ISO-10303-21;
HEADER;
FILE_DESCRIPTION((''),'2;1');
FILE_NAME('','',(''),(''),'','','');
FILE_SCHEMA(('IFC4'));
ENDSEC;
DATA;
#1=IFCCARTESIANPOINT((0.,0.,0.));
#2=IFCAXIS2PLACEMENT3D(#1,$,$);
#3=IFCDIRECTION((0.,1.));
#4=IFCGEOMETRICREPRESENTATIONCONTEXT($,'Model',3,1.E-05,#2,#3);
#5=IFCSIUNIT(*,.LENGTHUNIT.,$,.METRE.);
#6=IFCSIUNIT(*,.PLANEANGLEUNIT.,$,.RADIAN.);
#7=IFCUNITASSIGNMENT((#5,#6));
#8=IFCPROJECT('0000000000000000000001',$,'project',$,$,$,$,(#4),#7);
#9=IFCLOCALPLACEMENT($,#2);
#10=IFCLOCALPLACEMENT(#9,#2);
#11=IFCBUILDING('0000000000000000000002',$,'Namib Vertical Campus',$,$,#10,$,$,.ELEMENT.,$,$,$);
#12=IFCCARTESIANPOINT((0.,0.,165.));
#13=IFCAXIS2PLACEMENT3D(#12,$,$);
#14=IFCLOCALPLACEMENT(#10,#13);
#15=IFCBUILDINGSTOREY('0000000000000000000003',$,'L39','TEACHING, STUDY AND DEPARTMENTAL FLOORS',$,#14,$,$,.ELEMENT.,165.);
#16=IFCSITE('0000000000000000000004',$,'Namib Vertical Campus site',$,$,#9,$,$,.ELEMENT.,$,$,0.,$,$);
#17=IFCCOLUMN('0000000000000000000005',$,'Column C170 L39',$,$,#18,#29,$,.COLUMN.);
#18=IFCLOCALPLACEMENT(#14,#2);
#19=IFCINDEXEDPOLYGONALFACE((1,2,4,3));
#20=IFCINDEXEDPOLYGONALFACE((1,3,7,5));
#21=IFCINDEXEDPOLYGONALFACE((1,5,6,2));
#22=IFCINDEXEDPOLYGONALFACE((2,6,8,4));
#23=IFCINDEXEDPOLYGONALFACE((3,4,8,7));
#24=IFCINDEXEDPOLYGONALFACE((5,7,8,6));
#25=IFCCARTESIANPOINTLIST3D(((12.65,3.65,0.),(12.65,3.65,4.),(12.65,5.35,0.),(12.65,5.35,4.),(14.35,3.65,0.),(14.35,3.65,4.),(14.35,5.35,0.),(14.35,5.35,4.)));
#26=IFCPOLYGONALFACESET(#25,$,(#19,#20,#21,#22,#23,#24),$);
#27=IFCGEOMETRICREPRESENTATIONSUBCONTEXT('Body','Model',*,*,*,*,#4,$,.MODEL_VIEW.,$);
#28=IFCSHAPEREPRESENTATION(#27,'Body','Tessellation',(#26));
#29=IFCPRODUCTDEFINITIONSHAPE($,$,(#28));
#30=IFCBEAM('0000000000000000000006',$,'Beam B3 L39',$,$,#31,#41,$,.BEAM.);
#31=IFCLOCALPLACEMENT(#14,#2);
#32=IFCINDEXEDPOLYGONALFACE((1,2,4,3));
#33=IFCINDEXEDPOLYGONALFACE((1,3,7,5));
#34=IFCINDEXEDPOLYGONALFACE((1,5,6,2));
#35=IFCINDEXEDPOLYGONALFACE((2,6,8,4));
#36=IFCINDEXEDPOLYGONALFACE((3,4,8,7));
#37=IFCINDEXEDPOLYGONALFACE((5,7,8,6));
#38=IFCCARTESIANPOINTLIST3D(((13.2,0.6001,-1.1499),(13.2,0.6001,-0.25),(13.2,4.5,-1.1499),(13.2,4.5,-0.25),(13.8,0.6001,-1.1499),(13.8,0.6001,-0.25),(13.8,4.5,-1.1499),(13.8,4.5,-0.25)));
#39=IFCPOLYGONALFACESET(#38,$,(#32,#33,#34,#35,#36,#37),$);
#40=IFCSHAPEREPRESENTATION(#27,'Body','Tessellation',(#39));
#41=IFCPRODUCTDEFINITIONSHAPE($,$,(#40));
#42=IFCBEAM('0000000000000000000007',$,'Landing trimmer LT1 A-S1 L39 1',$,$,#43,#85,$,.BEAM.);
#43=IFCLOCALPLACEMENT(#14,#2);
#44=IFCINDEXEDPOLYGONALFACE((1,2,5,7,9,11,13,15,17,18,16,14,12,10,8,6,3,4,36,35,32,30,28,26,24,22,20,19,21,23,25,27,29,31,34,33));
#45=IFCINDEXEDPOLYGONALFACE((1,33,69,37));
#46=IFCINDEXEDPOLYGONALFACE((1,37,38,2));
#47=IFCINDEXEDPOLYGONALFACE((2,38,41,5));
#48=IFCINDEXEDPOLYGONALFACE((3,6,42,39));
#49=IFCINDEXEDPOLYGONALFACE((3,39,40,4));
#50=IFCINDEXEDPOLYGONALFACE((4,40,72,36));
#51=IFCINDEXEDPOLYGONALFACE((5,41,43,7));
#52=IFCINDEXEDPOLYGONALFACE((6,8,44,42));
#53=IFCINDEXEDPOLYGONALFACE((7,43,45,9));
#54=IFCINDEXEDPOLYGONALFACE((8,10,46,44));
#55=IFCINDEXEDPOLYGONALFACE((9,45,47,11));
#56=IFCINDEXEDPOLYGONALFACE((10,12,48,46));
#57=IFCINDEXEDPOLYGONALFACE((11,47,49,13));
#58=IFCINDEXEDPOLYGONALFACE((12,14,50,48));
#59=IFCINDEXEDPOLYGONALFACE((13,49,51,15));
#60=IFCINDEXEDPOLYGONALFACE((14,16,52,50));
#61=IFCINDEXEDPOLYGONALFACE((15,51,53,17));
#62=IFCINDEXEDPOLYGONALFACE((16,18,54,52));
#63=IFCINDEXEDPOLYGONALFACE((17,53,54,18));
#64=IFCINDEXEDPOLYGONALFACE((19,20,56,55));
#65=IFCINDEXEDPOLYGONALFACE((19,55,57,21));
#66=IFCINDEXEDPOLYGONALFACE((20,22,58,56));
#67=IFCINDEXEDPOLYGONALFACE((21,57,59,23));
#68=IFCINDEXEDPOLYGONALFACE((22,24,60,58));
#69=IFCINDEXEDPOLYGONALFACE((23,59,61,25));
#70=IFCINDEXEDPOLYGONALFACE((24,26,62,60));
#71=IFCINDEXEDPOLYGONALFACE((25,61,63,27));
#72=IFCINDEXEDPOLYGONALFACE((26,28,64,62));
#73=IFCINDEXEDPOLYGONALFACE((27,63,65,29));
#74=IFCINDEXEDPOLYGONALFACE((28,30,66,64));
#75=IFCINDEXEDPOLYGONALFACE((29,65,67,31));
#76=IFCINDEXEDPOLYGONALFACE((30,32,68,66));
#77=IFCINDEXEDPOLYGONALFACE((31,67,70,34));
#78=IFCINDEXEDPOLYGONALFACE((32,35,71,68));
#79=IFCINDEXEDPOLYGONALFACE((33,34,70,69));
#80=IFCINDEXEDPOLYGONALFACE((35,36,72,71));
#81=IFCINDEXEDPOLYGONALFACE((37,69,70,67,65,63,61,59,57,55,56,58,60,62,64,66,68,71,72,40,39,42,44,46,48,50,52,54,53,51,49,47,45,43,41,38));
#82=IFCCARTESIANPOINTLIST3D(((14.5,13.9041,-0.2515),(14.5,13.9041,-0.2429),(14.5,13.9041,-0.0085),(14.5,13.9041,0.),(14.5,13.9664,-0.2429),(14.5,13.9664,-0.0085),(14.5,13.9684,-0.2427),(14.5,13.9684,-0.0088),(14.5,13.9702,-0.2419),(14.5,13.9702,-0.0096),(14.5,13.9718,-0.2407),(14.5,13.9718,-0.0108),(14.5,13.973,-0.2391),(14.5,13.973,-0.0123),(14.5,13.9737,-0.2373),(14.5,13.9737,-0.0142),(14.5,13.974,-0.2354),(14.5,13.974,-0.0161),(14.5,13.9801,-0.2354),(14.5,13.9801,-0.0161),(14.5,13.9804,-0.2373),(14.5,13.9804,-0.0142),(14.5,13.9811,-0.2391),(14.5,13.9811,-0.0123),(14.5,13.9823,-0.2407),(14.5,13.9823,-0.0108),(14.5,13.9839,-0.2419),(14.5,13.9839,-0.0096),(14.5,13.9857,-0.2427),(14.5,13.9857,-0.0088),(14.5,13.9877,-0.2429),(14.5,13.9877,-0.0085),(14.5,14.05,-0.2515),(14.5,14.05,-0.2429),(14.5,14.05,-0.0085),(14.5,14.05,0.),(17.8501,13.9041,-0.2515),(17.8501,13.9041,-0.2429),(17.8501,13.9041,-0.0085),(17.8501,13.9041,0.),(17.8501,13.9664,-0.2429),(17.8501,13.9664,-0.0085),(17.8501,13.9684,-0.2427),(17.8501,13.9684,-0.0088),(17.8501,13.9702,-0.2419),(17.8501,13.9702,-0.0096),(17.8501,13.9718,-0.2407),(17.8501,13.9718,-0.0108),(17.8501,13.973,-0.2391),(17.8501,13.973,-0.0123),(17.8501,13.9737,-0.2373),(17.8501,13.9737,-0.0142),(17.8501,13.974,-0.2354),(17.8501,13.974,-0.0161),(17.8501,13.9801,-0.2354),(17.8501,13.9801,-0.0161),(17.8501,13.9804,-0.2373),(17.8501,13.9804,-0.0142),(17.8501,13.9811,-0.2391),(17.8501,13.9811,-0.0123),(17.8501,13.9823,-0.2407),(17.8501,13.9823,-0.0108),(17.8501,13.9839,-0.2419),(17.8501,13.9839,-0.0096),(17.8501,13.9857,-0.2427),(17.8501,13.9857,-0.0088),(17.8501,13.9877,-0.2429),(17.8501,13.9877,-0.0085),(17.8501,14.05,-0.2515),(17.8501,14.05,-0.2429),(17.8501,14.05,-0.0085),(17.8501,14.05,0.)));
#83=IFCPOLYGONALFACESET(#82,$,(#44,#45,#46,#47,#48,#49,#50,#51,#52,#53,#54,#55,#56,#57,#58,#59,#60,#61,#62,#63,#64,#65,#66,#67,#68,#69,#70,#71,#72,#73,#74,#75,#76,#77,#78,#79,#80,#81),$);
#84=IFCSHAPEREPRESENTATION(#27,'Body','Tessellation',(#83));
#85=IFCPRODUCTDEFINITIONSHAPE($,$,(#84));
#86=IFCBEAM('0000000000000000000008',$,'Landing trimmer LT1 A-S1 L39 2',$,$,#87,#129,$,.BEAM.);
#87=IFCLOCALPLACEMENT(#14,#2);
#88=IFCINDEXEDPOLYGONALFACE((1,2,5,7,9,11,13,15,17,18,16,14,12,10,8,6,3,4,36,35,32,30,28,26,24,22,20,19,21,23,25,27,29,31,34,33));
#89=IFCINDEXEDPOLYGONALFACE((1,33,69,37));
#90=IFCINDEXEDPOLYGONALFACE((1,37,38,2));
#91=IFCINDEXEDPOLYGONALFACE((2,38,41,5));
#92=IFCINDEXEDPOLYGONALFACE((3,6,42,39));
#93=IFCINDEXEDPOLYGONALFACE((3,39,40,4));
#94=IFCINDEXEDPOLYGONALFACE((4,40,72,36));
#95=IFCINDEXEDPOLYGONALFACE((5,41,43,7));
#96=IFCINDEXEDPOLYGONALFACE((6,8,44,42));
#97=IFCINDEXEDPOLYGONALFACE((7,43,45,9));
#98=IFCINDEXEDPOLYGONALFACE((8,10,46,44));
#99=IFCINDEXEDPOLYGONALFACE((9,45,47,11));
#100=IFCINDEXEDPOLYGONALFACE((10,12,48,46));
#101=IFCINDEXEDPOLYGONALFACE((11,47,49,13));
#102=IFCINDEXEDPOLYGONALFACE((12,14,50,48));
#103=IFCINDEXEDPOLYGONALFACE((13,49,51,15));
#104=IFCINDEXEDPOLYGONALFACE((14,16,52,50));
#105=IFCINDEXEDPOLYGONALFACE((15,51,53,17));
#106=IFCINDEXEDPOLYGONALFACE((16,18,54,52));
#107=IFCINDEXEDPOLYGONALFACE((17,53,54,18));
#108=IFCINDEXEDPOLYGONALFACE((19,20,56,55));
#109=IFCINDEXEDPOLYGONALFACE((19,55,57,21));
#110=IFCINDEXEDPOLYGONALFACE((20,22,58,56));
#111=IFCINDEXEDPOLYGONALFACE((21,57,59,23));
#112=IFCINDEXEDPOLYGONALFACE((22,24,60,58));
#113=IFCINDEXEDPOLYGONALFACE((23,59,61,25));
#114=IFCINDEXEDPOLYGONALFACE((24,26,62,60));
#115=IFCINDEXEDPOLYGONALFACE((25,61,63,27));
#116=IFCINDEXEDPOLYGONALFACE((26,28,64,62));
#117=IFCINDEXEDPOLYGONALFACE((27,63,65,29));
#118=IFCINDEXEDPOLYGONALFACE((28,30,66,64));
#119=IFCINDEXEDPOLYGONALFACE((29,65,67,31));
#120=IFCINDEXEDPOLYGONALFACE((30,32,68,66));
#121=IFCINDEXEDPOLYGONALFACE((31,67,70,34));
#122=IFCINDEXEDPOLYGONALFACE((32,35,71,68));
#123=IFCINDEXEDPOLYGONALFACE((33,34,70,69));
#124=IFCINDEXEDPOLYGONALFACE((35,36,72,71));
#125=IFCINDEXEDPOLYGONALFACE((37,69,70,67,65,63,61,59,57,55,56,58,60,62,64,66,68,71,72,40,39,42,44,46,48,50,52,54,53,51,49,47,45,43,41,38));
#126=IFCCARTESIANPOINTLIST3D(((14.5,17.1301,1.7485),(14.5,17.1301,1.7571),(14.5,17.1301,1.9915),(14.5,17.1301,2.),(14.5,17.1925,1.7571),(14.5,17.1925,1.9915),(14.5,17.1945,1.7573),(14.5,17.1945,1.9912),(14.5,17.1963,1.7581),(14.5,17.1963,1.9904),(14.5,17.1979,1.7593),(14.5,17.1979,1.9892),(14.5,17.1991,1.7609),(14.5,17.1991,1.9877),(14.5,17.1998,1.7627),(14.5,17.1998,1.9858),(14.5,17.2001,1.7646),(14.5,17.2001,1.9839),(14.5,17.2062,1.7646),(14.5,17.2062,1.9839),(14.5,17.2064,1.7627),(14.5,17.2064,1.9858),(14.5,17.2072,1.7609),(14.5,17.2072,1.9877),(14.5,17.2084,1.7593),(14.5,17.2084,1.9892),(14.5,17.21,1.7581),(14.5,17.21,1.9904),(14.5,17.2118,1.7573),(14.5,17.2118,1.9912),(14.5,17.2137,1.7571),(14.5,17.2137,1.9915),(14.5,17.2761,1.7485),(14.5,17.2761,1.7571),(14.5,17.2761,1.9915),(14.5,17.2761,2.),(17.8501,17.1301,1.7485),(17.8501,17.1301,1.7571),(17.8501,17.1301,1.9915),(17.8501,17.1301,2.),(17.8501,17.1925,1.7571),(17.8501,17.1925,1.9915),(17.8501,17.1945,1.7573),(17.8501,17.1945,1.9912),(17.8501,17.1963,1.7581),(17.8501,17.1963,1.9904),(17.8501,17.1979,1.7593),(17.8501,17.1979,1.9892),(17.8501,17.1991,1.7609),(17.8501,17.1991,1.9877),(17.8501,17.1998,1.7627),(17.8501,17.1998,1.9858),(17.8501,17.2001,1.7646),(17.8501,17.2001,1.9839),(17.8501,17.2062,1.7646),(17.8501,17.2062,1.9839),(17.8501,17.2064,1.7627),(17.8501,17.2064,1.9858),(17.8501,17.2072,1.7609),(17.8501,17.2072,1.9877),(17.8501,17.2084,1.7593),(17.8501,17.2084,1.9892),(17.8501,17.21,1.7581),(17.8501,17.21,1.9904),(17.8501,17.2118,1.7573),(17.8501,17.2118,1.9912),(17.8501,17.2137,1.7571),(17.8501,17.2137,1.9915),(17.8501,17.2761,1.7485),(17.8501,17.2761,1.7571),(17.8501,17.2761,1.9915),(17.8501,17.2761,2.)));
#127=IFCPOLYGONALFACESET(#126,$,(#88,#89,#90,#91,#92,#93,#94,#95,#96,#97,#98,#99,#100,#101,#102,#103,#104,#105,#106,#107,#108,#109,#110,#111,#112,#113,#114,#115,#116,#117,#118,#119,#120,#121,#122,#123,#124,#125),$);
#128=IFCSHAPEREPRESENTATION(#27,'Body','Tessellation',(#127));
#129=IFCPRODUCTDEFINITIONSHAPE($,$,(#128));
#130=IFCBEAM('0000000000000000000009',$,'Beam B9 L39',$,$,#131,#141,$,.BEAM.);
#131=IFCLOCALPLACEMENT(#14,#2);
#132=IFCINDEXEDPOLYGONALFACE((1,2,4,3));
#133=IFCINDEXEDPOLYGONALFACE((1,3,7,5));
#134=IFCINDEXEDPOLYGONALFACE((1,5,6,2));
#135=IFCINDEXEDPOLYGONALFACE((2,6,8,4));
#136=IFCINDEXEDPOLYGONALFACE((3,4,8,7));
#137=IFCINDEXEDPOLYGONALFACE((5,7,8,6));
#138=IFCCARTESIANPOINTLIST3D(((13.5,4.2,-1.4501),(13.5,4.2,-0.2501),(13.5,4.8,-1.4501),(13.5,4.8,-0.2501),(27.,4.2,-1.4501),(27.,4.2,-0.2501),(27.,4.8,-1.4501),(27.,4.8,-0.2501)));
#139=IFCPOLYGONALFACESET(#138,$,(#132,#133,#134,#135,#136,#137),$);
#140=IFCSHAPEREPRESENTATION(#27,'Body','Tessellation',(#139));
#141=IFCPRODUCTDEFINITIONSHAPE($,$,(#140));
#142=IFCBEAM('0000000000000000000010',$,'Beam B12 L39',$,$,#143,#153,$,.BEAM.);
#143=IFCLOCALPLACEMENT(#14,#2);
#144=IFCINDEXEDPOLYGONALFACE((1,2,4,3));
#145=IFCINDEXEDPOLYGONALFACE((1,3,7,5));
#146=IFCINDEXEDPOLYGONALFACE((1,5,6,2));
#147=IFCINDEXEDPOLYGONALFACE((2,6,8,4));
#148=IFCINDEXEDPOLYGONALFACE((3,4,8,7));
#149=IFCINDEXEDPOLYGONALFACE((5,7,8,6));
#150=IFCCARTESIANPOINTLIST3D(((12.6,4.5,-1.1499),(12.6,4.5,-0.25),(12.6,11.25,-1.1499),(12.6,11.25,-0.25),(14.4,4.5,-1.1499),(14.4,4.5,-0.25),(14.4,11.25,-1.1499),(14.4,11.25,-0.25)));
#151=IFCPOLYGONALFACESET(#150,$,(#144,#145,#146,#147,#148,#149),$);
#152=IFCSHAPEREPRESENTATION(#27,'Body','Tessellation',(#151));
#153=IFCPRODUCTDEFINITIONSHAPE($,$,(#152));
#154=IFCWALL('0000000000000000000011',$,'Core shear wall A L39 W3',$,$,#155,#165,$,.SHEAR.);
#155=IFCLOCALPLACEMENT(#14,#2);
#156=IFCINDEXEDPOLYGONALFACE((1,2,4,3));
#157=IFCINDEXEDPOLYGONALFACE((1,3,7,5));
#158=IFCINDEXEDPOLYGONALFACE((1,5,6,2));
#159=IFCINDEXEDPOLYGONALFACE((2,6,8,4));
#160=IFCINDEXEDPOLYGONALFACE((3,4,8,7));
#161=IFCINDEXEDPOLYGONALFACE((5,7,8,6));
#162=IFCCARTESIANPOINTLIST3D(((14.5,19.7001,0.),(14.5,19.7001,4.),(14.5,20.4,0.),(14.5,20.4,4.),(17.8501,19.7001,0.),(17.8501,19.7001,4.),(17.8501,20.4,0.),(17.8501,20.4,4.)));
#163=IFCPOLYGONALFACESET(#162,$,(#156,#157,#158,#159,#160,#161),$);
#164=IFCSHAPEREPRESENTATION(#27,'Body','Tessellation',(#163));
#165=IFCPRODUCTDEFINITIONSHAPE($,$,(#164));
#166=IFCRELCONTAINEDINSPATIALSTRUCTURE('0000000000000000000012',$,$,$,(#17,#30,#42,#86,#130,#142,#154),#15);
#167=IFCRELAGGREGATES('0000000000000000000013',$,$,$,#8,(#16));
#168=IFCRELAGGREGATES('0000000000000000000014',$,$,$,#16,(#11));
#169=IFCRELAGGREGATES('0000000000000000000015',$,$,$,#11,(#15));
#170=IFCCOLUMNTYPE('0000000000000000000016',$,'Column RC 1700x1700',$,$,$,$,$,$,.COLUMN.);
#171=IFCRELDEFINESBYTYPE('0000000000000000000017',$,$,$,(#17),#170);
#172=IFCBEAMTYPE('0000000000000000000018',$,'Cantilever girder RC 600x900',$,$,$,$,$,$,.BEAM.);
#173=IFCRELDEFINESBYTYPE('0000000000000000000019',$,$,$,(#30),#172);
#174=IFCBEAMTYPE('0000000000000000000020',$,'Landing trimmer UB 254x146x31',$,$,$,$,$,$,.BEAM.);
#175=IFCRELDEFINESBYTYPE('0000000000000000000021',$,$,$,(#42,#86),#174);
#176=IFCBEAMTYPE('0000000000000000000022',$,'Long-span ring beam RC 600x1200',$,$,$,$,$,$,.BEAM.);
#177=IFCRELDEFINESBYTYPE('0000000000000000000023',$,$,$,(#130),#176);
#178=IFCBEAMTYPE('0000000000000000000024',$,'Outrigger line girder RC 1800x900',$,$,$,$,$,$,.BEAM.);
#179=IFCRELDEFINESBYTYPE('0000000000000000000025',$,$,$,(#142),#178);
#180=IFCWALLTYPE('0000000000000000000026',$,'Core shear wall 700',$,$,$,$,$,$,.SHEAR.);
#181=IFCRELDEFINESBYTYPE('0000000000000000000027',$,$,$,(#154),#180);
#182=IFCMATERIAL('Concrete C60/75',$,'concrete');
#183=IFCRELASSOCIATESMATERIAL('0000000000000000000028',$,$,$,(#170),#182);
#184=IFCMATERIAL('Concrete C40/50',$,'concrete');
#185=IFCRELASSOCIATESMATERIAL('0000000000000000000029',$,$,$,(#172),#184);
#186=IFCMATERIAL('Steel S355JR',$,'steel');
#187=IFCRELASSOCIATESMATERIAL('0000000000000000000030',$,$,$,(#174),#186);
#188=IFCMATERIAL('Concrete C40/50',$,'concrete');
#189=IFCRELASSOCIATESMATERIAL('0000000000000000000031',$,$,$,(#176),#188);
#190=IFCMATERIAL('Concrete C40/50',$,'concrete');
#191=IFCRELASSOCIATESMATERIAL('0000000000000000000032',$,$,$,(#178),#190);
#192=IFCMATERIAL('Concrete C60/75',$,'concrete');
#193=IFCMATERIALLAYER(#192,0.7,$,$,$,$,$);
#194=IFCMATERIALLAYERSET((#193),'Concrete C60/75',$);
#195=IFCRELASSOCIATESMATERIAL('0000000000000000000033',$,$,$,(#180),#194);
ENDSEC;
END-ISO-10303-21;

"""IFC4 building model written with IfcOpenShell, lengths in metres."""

from ifc_helpers import new_model, si_unit, direction, frame, frame_2d, origin, origin_2d, place, context, subcontext, project, spatial, rectangle, i_section, extrude, material, layer, layer_set, material_profile, profile_set, type_object, element, save


model = new_model("IFC4")

# Units and contexts
model_context = context("Model", 3, precision=1e-05, world=origin(), true_north=direction((0.0, 1.0)))
body_context = subcontext(model_context, "Body", "Model", "MODEL_VIEW")
ifc_project = project(units=[si_unit("LENGTHUNIT", "METRE"), si_unit("PLANEANGLEUNIT", "RADIAN")], contexts=[model_context])

# Site, building, storey
site_placement = place(None, origin())
site = spatial("IfcSite", under=ifc_project, at=site_placement, Name="Namib Vertical Campus site", CompositionType="ELEMENT", RefElevation=0.0)
building_placement = place(site_placement, origin())
building = spatial("IfcBuilding", under=site, at=building_placement, Name="Namib Vertical Campus", CompositionType="ELEMENT")
storey_placement = place(building_placement, frame((0.0, 0.0, 165.0)))
storey = spatial("IfcBuildingStorey", under=building, at=storey_placement, Name="L39", Description="TEACHING, STUDY AND DEPARTMENTAL FLOORS", CompositionType="ELEMENT", Elevation=165.0)

# Column
ifc_material_1 = material(Name="Concrete C60/75", Category="concrete")
ifc_material_profile_1 = material_profile(ifc_material_1, rectangle(XDim=1.7, YDim=1.7, at=origin_2d()))
ifc_profile_set_1 = profile_set([ifc_material_profile_1], Name="Concrete C60/75")
column_type = type_object("IfcColumnType", Name="Column RC 1700x1700", PredefinedType="COLUMN", material=ifc_profile_set_1)
column_placement = place(storey_placement, frame((13.5, 4.5, 0.0), z_axis=(0.0, 0.0, 1.0), x_axis=(1.0, 0.0, 0.0)))
element("IfcColumn", 1, at=column_placement, inside=storey, type_object=column_type, Name="Column C170 L39", PredefinedType="COLUMN", context=body_context, shape_type="SweptSolid", body=[
    extrude(rectangle(XDim=1.7, YDim=1.7, at=origin_2d()), origin(), (0.0, 0.0, 1.0), 4.0),
])

# Beams
ifc_material_2 = material(Name="Concrete C40/50", Category="concrete")
ifc_material_profile_2 = material_profile(ifc_material_2, rectangle(XDim=0.6001, YDim=0.8999, at=origin_2d()))
ifc_profile_set_2 = profile_set([ifc_material_profile_2], Name="Concrete C40/50")
beam_type_1 = type_object("IfcBeamType", Name="Cantilever girder RC 600x900", PredefinedType="BEAM", material=ifc_profile_set_2)
beam_1_placement = place(storey_placement, frame((13.5, 4.5, -0.7), z_axis=(0.0, -1.0, 0.0), x_axis=(1.0, 0.0, 0.0)))
element("IfcBeam", 2, at=beam_1_placement, inside=storey, type_object=beam_type_1, Name="Beam B3 L39", PredefinedType="BEAM", context=body_context, shape_type="SweptSolid", body=[
    extrude(rectangle(XDim=0.6001, YDim=0.8999, at=origin_2d()), origin(), (0.0, 0.0, 1.0), 3.8999),
])
ifc_material_3 = material(Name="Steel S355JR", Category="steel")
ifc_material_profile_3 = material_profile(ifc_material_3, i_section(OverallWidth=0.146, OverallDepth=0.2515, WebThickness=0.0061, FlangeThickness=0.0085, FilletRadius=0.0076, at=origin_2d()))
ifc_profile_set_3 = profile_set([ifc_material_profile_3], Name="Steel S355JR")
beam_type_2 = type_object("IfcBeamType", Name="Landing trimmer UB 254x146x31", PredefinedType="BEAM", material=ifc_profile_set_3)
for number, where, z_axis, x_axis, name in (
    (3, (14.5, 13.9771, -0.1257), (1.0, 0.0, 0.0), (0.0, 1.0, 0.0), "Landing trimmer LT1 A-S1 L39 1"),
    (4, (14.5, 17.2031, 1.8743), (1.0, 0.0, 0.0), (0.0, 1.0, 0.0), "Landing trimmer LT1 A-S1 L39 2"),
):
    element("IfcBeam", number, at=place(storey_placement, frame(where, z_axis=z_axis, x_axis=x_axis)), inside=storey, type_object=beam_type_2, Name=name, PredefinedType="BEAM", context=body_context, shape_type="SweptSolid", body=[
        extrude(i_section(OverallWidth=0.146, OverallDepth=0.2515, WebThickness=0.0061, FlangeThickness=0.0085, FilletRadius=0.0076, at=origin_2d()), origin(), (0.0, 0.0, 1.0), 3.3501),
    ])
ifc_material_4 = material(Name="Concrete C40/50", Category="concrete")
ifc_material_profile_4 = material_profile(ifc_material_4, rectangle(XDim=0.6001, YDim=1.2, at=origin_2d()))
ifc_profile_set_4 = profile_set([ifc_material_profile_4], Name="Concrete C40/50")
beam_type_3 = type_object("IfcBeamType", Name="Long-span ring beam RC 600x1200", PredefinedType="BEAM", material=ifc_profile_set_4)
beam_2_placement = place(storey_placement, frame((13.5, 4.5, -0.8501), z_axis=(1.0, 0.0, 0.0), x_axis=(0.0, 1.0, 0.0)))
element("IfcBeam", 5, at=beam_2_placement, inside=storey, type_object=beam_type_3, Name="Beam B9 L39", PredefinedType="BEAM", context=body_context, shape_type="SweptSolid", body=[
    extrude(rectangle(XDim=0.6001, YDim=1.2, at=origin_2d()), origin(), (0.0, 0.0, 1.0), 13.5),
])
ifc_material_5 = material(Name="Concrete C40/50", Category="concrete")
ifc_material_profile_5 = material_profile(ifc_material_5, rectangle(XDim=1.8, YDim=0.8999, at=origin_2d()))
ifc_profile_set_5 = profile_set([ifc_material_profile_5], Name="Concrete C40/50")
beam_type_4 = type_object("IfcBeamType", Name="Outrigger line girder RC 1800x900", PredefinedType="BEAM", material=ifc_profile_set_5)
beam_3_placement = place(storey_placement, frame((13.5, 4.5, -0.7), z_axis=(0.0, 1.0, 0.0), x_axis=(-1.0, 0.0, 0.0)))
element("IfcBeam", 6, at=beam_3_placement, inside=storey, type_object=beam_type_4, Name="Beam B12 L39", PredefinedType="BEAM", context=body_context, shape_type="SweptSolid", body=[
    extrude(rectangle(XDim=1.8, YDim=0.8999, at=origin_2d()), origin(), (0.0, 0.0, 1.0), 6.75),
])

# Wall
ifc_material_6 = material(Name="Concrete C60/75", Category="concrete")
ifc_layer_1 = layer(ifc_material_6, 0.7)
ifc_layer_set_1 = layer_set([ifc_layer_1], Name="Concrete C60/75")
wall_type_1 = type_object("IfcWallType", Name="Core shear wall 700", PredefinedType="SHEAR", material=ifc_layer_set_1)
wall_1_placement = place(storey_placement, frame((14.5, 20.05, 0.0), z_axis=(0.0, 0.0, 1.0), x_axis=(1.0, 0.0, 0.0)))
element("IfcWall", 7, at=wall_1_placement, inside=storey, type_object=wall_type_1, Name="Core shear wall A L39 W3", PredefinedType="SHEAR", context=body_context, shape_type="SweptSolid", body=[
    extrude(rectangle(XDim=3.3501, YDim=0.7, at=frame_2d((1.675, 0.0))), origin(), (0.0, 0.0, 1.0), 4.0),
])

save(model, "model.ifc")
